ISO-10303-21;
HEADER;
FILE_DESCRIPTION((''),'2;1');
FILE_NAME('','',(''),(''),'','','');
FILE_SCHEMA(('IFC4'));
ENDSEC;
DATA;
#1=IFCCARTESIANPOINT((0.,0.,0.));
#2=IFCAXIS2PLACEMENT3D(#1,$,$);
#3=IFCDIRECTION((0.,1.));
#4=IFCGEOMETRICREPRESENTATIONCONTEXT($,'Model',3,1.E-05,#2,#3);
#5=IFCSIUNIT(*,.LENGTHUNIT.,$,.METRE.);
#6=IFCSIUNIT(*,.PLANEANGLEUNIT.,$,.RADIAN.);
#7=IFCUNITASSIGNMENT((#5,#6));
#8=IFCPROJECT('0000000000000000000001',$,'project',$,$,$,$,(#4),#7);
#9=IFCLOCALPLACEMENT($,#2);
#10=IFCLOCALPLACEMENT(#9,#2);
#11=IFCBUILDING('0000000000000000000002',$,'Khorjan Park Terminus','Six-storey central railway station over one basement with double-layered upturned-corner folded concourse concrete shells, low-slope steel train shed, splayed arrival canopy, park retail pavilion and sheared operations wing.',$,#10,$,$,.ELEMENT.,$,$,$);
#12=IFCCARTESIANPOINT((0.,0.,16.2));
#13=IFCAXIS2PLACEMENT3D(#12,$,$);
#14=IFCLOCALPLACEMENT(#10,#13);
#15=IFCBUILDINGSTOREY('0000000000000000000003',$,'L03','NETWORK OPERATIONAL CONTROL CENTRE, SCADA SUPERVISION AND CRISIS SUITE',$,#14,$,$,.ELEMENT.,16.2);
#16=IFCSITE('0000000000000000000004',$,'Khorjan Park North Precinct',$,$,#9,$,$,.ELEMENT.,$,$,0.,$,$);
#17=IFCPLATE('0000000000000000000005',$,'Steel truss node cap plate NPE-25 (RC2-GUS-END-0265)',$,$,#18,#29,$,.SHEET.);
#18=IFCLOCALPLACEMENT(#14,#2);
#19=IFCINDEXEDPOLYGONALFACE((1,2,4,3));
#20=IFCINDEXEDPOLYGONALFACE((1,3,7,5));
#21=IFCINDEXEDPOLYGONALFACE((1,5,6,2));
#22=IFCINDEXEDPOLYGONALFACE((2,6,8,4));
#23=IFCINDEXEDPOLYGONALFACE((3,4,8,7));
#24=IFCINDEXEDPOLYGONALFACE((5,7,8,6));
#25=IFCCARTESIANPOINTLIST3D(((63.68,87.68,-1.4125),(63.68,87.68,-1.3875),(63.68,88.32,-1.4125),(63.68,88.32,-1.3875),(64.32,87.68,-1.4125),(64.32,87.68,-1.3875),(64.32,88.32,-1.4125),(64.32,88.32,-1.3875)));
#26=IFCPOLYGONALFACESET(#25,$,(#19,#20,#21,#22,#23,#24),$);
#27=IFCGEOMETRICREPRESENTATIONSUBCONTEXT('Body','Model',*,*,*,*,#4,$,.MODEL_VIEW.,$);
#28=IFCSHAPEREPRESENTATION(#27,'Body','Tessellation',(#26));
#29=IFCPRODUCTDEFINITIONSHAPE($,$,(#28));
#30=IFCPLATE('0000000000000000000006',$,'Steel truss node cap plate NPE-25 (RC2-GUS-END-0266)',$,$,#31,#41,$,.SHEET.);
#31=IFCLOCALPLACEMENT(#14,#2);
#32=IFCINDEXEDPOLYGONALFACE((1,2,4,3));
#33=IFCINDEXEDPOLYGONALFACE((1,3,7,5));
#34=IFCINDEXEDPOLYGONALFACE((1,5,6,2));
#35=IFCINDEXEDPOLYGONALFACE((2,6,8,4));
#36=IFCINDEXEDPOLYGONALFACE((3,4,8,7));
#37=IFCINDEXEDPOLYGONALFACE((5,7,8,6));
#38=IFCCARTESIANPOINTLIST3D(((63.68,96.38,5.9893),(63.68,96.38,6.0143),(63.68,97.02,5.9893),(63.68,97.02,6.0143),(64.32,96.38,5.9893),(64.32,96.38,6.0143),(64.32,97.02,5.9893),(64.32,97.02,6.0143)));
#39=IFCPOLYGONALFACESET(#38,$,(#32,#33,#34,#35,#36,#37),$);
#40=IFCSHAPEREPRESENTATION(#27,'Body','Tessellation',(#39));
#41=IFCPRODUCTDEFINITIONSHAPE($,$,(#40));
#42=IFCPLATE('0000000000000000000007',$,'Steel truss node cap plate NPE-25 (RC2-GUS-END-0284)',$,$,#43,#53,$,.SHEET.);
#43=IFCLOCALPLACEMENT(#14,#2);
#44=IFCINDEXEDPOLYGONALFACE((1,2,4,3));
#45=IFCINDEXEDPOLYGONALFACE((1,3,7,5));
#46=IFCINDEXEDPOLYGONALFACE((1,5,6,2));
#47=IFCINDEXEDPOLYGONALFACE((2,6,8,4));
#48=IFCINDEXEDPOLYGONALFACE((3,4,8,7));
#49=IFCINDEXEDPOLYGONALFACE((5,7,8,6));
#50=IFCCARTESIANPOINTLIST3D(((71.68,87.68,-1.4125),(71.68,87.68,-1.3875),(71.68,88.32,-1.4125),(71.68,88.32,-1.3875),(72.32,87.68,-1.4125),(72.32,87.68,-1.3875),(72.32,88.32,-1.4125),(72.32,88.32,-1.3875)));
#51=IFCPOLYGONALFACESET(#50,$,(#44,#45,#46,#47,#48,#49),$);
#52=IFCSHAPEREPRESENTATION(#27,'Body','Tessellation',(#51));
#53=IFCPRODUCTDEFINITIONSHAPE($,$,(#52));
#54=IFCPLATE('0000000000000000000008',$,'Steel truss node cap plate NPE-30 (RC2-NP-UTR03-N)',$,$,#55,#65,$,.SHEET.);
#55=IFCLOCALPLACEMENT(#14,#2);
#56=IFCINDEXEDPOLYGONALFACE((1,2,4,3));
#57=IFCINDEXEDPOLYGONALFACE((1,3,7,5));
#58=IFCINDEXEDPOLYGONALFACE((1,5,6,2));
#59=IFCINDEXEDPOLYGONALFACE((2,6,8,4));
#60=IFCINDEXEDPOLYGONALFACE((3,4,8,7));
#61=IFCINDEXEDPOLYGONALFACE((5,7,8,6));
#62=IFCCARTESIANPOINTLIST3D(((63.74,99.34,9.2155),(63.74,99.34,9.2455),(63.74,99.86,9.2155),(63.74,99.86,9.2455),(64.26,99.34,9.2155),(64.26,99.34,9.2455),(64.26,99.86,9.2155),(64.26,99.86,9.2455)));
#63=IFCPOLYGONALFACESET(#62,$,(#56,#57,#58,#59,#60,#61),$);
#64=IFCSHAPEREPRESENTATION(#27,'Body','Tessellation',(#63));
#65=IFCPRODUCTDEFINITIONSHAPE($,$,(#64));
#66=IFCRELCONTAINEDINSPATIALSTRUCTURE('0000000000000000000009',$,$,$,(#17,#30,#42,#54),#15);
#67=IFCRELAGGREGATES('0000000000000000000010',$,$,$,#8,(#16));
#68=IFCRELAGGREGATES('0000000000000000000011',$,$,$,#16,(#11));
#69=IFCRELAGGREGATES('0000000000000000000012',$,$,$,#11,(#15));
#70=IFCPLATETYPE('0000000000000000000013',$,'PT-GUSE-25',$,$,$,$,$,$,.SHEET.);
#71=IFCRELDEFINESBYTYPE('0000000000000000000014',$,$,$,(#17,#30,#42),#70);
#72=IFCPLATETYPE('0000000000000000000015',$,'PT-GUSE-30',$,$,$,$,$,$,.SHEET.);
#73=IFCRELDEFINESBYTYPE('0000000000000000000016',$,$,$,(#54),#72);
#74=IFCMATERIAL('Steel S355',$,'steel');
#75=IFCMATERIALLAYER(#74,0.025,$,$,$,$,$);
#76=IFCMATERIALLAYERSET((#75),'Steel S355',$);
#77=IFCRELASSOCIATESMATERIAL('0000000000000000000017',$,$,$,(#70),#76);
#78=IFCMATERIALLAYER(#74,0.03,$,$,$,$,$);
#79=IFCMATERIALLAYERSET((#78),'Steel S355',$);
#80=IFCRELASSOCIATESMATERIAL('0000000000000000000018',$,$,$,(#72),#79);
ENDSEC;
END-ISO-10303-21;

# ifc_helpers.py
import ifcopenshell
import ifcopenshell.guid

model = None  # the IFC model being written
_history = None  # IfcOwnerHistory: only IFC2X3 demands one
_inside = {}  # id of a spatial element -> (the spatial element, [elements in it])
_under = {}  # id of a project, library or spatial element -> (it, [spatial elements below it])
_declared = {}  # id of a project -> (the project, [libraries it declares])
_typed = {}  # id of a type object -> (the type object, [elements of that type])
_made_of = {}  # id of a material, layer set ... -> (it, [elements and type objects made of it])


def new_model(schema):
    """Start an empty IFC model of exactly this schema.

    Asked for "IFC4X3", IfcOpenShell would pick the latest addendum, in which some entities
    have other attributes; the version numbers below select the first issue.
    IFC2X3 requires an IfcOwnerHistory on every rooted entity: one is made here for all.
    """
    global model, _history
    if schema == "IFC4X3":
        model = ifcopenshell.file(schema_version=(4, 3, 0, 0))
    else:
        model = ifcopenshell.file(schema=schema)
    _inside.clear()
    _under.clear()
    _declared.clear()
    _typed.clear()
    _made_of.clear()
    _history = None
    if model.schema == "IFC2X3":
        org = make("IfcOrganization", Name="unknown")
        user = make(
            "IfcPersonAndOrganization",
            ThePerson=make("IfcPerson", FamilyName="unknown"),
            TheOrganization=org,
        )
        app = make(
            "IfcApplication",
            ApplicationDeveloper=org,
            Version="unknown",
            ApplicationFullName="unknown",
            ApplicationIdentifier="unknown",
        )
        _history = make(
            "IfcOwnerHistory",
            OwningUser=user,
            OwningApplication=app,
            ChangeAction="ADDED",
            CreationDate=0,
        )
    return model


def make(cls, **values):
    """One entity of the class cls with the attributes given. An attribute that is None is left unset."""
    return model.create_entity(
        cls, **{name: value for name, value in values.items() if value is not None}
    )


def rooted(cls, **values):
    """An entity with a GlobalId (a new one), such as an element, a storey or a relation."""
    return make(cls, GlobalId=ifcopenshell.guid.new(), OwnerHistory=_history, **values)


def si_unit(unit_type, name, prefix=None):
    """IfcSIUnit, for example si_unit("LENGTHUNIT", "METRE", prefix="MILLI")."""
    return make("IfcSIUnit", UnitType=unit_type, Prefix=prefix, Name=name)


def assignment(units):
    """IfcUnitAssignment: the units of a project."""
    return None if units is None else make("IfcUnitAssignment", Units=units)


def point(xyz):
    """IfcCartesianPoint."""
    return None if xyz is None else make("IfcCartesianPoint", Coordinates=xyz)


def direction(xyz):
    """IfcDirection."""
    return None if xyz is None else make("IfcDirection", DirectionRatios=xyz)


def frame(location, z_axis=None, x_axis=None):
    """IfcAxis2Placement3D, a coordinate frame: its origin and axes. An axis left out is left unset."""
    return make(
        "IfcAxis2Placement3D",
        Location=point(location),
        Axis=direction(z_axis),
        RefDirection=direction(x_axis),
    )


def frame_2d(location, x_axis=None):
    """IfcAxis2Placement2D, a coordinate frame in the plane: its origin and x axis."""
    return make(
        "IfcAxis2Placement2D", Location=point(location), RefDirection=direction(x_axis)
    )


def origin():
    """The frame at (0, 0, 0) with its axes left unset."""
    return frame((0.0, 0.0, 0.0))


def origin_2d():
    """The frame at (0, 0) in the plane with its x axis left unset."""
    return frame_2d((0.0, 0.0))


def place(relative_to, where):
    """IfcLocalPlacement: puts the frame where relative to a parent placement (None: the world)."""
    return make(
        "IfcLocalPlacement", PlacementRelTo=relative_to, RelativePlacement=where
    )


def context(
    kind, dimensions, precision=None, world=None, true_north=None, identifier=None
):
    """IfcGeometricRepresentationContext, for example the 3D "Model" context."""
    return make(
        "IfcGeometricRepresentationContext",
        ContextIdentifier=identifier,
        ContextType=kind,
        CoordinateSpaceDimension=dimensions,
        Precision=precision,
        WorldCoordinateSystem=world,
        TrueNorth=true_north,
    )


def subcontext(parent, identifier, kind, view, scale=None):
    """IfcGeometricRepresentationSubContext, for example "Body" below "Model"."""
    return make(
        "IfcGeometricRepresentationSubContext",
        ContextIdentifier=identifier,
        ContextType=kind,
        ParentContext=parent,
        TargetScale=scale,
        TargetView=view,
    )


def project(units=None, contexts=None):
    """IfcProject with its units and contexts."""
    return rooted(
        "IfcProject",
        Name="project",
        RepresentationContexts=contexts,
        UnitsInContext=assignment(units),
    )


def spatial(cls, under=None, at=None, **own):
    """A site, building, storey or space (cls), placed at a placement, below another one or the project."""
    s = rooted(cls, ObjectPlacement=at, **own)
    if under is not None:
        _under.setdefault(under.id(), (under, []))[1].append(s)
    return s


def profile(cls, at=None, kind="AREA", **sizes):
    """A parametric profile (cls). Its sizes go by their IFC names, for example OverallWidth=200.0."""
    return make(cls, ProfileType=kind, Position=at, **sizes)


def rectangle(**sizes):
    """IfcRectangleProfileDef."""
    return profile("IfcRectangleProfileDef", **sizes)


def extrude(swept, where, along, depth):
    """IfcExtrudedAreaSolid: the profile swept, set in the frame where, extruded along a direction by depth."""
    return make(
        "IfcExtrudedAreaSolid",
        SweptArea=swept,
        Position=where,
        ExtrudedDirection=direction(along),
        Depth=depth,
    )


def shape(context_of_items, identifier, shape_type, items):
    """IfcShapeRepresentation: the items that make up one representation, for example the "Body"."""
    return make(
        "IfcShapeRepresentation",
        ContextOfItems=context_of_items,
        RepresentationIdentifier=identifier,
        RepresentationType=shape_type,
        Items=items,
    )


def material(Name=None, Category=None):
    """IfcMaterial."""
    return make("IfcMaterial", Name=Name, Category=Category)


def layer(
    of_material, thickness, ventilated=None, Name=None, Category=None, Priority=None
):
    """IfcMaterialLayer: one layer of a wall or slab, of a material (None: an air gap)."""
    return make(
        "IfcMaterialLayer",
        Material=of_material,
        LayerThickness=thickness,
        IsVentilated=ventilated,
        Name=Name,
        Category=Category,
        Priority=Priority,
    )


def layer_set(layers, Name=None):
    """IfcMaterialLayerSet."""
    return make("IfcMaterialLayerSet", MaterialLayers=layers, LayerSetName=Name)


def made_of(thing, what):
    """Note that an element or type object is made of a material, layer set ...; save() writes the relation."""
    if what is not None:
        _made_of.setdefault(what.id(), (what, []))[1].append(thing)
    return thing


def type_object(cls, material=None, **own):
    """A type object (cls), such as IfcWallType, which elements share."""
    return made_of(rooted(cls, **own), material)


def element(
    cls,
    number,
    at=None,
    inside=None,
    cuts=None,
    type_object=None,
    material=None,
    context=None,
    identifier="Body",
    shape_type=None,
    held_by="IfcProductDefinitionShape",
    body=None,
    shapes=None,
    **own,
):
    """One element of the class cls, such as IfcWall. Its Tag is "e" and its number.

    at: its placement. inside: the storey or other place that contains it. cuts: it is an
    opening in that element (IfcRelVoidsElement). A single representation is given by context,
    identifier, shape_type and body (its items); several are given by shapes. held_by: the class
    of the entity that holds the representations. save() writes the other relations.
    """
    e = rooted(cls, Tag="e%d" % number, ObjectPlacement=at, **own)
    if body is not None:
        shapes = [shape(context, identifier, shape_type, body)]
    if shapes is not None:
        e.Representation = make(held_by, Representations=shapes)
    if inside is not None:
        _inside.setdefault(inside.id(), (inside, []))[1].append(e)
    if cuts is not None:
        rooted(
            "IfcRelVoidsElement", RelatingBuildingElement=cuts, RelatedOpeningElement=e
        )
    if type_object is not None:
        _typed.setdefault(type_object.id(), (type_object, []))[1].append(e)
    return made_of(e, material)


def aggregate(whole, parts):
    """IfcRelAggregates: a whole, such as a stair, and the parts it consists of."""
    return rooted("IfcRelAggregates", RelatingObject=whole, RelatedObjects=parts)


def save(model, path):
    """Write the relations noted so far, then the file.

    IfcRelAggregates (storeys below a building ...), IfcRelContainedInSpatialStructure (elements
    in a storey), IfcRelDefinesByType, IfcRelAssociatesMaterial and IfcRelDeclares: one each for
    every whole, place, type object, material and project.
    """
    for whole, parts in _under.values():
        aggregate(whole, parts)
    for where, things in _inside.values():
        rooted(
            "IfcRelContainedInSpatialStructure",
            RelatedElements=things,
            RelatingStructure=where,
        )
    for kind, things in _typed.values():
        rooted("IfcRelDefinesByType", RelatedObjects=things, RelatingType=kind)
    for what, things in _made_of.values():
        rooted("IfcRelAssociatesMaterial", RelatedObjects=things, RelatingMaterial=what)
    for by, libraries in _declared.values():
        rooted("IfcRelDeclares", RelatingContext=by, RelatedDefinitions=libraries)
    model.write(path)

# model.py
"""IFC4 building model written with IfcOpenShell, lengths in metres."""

from ifc_helpers import new_model, si_unit, direction, frame, origin, origin_2d, place, context, subcontext, project, spatial, rectangle, extrude, material, layer, layer_set, type_object, element, save


model = new_model("IFC4")

# Units and contexts
model_context = context("Model", 3, precision=1e-05, world=origin(), true_north=direction((0.0, 1.0)))
body_context = subcontext(model_context, "Body", "Model", "MODEL_VIEW")
ifc_project = project(units=[si_unit("LENGTHUNIT", "METRE"), si_unit("PLANEANGLEUNIT", "RADIAN")], contexts=[model_context])

# Site, building, storey
site_placement = place(None, origin())
site = spatial("IfcSite", under=ifc_project, at=site_placement, Name="Khorjan Park North Precinct", CompositionType="ELEMENT", RefElevation=0.0)
building_placement = place(site_placement, origin())
building = spatial("IfcBuilding", under=site, at=building_placement, Name="Khorjan Park Terminus", Description="Six-storey central railway station over one basement with double-layered upturned-corner folded concourse concrete shells, low-slope steel train shed, splayed arrival canopy, park retail pavilion and sheared operations wing.", CompositionType="ELEMENT")
storey_placement = place(building_placement, frame((0.0, 0.0, 16.2)))
storey = spatial("IfcBuildingStorey", under=building, at=storey_placement, Name="L03", Description="NETWORK OPERATIONAL CONTROL CENTRE, SCADA SUPERVISION AND CRISIS SUITE", CompositionType="ELEMENT", Elevation=16.2)

# Shared definitions
ifc_material_1 = material(Name="Steel S355", Category="steel")

# Plates
ifc_layer_1 = layer(ifc_material_1, 0.025)
ifc_layer_set_1 = layer_set([ifc_layer_1], Name="Steel S355")
plate_type_1 = type_object("IfcPlateType", Name="PT-GUSE-25", PredefinedType="SHEET", material=ifc_layer_set_1)
for number, where, z_axis, x_axis, name in (
    (1, (64.0, 88.0, -1.4125), (0.0, 0.0, 1.0), (1.0, 0.0, 0.0), "Steel truss node cap plate NPE-25 (RC2-GUS-END-0265)"),
    (2, (64.0, 96.7, 5.9893), (0.0, 0.0, 1.0), (1.0, 0.0, 0.0), "Steel truss node cap plate NPE-25 (RC2-GUS-END-0266)"),
    (3, (72.0, 88.0, -1.4125), (0.0, 0.0, 1.0), (1.0, 0.0, 0.0), "Steel truss node cap plate NPE-25 (RC2-GUS-END-0284)"),
):
    element("IfcPlate", number, at=place(storey_placement, frame(where, z_axis=z_axis, x_axis=x_axis)), inside=storey, type_object=plate_type_1, Name=name, PredefinedType="SHEET", context=body_context, shape_type="SweptSolid", body=[
        extrude(rectangle(XDim=0.64, YDim=0.64, at=origin_2d()), origin(), (0.0, 0.0, 1.0), 0.025),
    ])
ifc_layer_2 = layer(ifc_material_1, 0.03)
ifc_layer_set_2 = layer_set([ifc_layer_2], Name="Steel S355")
plate_type_2 = type_object("IfcPlateType", Name="PT-GUSE-30", PredefinedType="SHEET", material=ifc_layer_set_2)
plate_placement = place(storey_placement, frame((64.0, 99.6, 9.2155), z_axis=(0.0, 0.0, 1.0), x_axis=(1.0, 0.0, 0.0)))
element("IfcPlate", 4, at=plate_placement, inside=storey, type_object=plate_type_2, Name="Steel truss node cap plate NPE-30 (RC2-NP-UTR03-N)", PredefinedType="SHEET", context=body_context, shape_type="SweptSolid", body=[
    extrude(rectangle(XDim=0.52, YDim=0.52, at=origin_2d()), origin(), (0.0, 0.0, 1.0), 0.03),
])

save(model, "model.ifc")
